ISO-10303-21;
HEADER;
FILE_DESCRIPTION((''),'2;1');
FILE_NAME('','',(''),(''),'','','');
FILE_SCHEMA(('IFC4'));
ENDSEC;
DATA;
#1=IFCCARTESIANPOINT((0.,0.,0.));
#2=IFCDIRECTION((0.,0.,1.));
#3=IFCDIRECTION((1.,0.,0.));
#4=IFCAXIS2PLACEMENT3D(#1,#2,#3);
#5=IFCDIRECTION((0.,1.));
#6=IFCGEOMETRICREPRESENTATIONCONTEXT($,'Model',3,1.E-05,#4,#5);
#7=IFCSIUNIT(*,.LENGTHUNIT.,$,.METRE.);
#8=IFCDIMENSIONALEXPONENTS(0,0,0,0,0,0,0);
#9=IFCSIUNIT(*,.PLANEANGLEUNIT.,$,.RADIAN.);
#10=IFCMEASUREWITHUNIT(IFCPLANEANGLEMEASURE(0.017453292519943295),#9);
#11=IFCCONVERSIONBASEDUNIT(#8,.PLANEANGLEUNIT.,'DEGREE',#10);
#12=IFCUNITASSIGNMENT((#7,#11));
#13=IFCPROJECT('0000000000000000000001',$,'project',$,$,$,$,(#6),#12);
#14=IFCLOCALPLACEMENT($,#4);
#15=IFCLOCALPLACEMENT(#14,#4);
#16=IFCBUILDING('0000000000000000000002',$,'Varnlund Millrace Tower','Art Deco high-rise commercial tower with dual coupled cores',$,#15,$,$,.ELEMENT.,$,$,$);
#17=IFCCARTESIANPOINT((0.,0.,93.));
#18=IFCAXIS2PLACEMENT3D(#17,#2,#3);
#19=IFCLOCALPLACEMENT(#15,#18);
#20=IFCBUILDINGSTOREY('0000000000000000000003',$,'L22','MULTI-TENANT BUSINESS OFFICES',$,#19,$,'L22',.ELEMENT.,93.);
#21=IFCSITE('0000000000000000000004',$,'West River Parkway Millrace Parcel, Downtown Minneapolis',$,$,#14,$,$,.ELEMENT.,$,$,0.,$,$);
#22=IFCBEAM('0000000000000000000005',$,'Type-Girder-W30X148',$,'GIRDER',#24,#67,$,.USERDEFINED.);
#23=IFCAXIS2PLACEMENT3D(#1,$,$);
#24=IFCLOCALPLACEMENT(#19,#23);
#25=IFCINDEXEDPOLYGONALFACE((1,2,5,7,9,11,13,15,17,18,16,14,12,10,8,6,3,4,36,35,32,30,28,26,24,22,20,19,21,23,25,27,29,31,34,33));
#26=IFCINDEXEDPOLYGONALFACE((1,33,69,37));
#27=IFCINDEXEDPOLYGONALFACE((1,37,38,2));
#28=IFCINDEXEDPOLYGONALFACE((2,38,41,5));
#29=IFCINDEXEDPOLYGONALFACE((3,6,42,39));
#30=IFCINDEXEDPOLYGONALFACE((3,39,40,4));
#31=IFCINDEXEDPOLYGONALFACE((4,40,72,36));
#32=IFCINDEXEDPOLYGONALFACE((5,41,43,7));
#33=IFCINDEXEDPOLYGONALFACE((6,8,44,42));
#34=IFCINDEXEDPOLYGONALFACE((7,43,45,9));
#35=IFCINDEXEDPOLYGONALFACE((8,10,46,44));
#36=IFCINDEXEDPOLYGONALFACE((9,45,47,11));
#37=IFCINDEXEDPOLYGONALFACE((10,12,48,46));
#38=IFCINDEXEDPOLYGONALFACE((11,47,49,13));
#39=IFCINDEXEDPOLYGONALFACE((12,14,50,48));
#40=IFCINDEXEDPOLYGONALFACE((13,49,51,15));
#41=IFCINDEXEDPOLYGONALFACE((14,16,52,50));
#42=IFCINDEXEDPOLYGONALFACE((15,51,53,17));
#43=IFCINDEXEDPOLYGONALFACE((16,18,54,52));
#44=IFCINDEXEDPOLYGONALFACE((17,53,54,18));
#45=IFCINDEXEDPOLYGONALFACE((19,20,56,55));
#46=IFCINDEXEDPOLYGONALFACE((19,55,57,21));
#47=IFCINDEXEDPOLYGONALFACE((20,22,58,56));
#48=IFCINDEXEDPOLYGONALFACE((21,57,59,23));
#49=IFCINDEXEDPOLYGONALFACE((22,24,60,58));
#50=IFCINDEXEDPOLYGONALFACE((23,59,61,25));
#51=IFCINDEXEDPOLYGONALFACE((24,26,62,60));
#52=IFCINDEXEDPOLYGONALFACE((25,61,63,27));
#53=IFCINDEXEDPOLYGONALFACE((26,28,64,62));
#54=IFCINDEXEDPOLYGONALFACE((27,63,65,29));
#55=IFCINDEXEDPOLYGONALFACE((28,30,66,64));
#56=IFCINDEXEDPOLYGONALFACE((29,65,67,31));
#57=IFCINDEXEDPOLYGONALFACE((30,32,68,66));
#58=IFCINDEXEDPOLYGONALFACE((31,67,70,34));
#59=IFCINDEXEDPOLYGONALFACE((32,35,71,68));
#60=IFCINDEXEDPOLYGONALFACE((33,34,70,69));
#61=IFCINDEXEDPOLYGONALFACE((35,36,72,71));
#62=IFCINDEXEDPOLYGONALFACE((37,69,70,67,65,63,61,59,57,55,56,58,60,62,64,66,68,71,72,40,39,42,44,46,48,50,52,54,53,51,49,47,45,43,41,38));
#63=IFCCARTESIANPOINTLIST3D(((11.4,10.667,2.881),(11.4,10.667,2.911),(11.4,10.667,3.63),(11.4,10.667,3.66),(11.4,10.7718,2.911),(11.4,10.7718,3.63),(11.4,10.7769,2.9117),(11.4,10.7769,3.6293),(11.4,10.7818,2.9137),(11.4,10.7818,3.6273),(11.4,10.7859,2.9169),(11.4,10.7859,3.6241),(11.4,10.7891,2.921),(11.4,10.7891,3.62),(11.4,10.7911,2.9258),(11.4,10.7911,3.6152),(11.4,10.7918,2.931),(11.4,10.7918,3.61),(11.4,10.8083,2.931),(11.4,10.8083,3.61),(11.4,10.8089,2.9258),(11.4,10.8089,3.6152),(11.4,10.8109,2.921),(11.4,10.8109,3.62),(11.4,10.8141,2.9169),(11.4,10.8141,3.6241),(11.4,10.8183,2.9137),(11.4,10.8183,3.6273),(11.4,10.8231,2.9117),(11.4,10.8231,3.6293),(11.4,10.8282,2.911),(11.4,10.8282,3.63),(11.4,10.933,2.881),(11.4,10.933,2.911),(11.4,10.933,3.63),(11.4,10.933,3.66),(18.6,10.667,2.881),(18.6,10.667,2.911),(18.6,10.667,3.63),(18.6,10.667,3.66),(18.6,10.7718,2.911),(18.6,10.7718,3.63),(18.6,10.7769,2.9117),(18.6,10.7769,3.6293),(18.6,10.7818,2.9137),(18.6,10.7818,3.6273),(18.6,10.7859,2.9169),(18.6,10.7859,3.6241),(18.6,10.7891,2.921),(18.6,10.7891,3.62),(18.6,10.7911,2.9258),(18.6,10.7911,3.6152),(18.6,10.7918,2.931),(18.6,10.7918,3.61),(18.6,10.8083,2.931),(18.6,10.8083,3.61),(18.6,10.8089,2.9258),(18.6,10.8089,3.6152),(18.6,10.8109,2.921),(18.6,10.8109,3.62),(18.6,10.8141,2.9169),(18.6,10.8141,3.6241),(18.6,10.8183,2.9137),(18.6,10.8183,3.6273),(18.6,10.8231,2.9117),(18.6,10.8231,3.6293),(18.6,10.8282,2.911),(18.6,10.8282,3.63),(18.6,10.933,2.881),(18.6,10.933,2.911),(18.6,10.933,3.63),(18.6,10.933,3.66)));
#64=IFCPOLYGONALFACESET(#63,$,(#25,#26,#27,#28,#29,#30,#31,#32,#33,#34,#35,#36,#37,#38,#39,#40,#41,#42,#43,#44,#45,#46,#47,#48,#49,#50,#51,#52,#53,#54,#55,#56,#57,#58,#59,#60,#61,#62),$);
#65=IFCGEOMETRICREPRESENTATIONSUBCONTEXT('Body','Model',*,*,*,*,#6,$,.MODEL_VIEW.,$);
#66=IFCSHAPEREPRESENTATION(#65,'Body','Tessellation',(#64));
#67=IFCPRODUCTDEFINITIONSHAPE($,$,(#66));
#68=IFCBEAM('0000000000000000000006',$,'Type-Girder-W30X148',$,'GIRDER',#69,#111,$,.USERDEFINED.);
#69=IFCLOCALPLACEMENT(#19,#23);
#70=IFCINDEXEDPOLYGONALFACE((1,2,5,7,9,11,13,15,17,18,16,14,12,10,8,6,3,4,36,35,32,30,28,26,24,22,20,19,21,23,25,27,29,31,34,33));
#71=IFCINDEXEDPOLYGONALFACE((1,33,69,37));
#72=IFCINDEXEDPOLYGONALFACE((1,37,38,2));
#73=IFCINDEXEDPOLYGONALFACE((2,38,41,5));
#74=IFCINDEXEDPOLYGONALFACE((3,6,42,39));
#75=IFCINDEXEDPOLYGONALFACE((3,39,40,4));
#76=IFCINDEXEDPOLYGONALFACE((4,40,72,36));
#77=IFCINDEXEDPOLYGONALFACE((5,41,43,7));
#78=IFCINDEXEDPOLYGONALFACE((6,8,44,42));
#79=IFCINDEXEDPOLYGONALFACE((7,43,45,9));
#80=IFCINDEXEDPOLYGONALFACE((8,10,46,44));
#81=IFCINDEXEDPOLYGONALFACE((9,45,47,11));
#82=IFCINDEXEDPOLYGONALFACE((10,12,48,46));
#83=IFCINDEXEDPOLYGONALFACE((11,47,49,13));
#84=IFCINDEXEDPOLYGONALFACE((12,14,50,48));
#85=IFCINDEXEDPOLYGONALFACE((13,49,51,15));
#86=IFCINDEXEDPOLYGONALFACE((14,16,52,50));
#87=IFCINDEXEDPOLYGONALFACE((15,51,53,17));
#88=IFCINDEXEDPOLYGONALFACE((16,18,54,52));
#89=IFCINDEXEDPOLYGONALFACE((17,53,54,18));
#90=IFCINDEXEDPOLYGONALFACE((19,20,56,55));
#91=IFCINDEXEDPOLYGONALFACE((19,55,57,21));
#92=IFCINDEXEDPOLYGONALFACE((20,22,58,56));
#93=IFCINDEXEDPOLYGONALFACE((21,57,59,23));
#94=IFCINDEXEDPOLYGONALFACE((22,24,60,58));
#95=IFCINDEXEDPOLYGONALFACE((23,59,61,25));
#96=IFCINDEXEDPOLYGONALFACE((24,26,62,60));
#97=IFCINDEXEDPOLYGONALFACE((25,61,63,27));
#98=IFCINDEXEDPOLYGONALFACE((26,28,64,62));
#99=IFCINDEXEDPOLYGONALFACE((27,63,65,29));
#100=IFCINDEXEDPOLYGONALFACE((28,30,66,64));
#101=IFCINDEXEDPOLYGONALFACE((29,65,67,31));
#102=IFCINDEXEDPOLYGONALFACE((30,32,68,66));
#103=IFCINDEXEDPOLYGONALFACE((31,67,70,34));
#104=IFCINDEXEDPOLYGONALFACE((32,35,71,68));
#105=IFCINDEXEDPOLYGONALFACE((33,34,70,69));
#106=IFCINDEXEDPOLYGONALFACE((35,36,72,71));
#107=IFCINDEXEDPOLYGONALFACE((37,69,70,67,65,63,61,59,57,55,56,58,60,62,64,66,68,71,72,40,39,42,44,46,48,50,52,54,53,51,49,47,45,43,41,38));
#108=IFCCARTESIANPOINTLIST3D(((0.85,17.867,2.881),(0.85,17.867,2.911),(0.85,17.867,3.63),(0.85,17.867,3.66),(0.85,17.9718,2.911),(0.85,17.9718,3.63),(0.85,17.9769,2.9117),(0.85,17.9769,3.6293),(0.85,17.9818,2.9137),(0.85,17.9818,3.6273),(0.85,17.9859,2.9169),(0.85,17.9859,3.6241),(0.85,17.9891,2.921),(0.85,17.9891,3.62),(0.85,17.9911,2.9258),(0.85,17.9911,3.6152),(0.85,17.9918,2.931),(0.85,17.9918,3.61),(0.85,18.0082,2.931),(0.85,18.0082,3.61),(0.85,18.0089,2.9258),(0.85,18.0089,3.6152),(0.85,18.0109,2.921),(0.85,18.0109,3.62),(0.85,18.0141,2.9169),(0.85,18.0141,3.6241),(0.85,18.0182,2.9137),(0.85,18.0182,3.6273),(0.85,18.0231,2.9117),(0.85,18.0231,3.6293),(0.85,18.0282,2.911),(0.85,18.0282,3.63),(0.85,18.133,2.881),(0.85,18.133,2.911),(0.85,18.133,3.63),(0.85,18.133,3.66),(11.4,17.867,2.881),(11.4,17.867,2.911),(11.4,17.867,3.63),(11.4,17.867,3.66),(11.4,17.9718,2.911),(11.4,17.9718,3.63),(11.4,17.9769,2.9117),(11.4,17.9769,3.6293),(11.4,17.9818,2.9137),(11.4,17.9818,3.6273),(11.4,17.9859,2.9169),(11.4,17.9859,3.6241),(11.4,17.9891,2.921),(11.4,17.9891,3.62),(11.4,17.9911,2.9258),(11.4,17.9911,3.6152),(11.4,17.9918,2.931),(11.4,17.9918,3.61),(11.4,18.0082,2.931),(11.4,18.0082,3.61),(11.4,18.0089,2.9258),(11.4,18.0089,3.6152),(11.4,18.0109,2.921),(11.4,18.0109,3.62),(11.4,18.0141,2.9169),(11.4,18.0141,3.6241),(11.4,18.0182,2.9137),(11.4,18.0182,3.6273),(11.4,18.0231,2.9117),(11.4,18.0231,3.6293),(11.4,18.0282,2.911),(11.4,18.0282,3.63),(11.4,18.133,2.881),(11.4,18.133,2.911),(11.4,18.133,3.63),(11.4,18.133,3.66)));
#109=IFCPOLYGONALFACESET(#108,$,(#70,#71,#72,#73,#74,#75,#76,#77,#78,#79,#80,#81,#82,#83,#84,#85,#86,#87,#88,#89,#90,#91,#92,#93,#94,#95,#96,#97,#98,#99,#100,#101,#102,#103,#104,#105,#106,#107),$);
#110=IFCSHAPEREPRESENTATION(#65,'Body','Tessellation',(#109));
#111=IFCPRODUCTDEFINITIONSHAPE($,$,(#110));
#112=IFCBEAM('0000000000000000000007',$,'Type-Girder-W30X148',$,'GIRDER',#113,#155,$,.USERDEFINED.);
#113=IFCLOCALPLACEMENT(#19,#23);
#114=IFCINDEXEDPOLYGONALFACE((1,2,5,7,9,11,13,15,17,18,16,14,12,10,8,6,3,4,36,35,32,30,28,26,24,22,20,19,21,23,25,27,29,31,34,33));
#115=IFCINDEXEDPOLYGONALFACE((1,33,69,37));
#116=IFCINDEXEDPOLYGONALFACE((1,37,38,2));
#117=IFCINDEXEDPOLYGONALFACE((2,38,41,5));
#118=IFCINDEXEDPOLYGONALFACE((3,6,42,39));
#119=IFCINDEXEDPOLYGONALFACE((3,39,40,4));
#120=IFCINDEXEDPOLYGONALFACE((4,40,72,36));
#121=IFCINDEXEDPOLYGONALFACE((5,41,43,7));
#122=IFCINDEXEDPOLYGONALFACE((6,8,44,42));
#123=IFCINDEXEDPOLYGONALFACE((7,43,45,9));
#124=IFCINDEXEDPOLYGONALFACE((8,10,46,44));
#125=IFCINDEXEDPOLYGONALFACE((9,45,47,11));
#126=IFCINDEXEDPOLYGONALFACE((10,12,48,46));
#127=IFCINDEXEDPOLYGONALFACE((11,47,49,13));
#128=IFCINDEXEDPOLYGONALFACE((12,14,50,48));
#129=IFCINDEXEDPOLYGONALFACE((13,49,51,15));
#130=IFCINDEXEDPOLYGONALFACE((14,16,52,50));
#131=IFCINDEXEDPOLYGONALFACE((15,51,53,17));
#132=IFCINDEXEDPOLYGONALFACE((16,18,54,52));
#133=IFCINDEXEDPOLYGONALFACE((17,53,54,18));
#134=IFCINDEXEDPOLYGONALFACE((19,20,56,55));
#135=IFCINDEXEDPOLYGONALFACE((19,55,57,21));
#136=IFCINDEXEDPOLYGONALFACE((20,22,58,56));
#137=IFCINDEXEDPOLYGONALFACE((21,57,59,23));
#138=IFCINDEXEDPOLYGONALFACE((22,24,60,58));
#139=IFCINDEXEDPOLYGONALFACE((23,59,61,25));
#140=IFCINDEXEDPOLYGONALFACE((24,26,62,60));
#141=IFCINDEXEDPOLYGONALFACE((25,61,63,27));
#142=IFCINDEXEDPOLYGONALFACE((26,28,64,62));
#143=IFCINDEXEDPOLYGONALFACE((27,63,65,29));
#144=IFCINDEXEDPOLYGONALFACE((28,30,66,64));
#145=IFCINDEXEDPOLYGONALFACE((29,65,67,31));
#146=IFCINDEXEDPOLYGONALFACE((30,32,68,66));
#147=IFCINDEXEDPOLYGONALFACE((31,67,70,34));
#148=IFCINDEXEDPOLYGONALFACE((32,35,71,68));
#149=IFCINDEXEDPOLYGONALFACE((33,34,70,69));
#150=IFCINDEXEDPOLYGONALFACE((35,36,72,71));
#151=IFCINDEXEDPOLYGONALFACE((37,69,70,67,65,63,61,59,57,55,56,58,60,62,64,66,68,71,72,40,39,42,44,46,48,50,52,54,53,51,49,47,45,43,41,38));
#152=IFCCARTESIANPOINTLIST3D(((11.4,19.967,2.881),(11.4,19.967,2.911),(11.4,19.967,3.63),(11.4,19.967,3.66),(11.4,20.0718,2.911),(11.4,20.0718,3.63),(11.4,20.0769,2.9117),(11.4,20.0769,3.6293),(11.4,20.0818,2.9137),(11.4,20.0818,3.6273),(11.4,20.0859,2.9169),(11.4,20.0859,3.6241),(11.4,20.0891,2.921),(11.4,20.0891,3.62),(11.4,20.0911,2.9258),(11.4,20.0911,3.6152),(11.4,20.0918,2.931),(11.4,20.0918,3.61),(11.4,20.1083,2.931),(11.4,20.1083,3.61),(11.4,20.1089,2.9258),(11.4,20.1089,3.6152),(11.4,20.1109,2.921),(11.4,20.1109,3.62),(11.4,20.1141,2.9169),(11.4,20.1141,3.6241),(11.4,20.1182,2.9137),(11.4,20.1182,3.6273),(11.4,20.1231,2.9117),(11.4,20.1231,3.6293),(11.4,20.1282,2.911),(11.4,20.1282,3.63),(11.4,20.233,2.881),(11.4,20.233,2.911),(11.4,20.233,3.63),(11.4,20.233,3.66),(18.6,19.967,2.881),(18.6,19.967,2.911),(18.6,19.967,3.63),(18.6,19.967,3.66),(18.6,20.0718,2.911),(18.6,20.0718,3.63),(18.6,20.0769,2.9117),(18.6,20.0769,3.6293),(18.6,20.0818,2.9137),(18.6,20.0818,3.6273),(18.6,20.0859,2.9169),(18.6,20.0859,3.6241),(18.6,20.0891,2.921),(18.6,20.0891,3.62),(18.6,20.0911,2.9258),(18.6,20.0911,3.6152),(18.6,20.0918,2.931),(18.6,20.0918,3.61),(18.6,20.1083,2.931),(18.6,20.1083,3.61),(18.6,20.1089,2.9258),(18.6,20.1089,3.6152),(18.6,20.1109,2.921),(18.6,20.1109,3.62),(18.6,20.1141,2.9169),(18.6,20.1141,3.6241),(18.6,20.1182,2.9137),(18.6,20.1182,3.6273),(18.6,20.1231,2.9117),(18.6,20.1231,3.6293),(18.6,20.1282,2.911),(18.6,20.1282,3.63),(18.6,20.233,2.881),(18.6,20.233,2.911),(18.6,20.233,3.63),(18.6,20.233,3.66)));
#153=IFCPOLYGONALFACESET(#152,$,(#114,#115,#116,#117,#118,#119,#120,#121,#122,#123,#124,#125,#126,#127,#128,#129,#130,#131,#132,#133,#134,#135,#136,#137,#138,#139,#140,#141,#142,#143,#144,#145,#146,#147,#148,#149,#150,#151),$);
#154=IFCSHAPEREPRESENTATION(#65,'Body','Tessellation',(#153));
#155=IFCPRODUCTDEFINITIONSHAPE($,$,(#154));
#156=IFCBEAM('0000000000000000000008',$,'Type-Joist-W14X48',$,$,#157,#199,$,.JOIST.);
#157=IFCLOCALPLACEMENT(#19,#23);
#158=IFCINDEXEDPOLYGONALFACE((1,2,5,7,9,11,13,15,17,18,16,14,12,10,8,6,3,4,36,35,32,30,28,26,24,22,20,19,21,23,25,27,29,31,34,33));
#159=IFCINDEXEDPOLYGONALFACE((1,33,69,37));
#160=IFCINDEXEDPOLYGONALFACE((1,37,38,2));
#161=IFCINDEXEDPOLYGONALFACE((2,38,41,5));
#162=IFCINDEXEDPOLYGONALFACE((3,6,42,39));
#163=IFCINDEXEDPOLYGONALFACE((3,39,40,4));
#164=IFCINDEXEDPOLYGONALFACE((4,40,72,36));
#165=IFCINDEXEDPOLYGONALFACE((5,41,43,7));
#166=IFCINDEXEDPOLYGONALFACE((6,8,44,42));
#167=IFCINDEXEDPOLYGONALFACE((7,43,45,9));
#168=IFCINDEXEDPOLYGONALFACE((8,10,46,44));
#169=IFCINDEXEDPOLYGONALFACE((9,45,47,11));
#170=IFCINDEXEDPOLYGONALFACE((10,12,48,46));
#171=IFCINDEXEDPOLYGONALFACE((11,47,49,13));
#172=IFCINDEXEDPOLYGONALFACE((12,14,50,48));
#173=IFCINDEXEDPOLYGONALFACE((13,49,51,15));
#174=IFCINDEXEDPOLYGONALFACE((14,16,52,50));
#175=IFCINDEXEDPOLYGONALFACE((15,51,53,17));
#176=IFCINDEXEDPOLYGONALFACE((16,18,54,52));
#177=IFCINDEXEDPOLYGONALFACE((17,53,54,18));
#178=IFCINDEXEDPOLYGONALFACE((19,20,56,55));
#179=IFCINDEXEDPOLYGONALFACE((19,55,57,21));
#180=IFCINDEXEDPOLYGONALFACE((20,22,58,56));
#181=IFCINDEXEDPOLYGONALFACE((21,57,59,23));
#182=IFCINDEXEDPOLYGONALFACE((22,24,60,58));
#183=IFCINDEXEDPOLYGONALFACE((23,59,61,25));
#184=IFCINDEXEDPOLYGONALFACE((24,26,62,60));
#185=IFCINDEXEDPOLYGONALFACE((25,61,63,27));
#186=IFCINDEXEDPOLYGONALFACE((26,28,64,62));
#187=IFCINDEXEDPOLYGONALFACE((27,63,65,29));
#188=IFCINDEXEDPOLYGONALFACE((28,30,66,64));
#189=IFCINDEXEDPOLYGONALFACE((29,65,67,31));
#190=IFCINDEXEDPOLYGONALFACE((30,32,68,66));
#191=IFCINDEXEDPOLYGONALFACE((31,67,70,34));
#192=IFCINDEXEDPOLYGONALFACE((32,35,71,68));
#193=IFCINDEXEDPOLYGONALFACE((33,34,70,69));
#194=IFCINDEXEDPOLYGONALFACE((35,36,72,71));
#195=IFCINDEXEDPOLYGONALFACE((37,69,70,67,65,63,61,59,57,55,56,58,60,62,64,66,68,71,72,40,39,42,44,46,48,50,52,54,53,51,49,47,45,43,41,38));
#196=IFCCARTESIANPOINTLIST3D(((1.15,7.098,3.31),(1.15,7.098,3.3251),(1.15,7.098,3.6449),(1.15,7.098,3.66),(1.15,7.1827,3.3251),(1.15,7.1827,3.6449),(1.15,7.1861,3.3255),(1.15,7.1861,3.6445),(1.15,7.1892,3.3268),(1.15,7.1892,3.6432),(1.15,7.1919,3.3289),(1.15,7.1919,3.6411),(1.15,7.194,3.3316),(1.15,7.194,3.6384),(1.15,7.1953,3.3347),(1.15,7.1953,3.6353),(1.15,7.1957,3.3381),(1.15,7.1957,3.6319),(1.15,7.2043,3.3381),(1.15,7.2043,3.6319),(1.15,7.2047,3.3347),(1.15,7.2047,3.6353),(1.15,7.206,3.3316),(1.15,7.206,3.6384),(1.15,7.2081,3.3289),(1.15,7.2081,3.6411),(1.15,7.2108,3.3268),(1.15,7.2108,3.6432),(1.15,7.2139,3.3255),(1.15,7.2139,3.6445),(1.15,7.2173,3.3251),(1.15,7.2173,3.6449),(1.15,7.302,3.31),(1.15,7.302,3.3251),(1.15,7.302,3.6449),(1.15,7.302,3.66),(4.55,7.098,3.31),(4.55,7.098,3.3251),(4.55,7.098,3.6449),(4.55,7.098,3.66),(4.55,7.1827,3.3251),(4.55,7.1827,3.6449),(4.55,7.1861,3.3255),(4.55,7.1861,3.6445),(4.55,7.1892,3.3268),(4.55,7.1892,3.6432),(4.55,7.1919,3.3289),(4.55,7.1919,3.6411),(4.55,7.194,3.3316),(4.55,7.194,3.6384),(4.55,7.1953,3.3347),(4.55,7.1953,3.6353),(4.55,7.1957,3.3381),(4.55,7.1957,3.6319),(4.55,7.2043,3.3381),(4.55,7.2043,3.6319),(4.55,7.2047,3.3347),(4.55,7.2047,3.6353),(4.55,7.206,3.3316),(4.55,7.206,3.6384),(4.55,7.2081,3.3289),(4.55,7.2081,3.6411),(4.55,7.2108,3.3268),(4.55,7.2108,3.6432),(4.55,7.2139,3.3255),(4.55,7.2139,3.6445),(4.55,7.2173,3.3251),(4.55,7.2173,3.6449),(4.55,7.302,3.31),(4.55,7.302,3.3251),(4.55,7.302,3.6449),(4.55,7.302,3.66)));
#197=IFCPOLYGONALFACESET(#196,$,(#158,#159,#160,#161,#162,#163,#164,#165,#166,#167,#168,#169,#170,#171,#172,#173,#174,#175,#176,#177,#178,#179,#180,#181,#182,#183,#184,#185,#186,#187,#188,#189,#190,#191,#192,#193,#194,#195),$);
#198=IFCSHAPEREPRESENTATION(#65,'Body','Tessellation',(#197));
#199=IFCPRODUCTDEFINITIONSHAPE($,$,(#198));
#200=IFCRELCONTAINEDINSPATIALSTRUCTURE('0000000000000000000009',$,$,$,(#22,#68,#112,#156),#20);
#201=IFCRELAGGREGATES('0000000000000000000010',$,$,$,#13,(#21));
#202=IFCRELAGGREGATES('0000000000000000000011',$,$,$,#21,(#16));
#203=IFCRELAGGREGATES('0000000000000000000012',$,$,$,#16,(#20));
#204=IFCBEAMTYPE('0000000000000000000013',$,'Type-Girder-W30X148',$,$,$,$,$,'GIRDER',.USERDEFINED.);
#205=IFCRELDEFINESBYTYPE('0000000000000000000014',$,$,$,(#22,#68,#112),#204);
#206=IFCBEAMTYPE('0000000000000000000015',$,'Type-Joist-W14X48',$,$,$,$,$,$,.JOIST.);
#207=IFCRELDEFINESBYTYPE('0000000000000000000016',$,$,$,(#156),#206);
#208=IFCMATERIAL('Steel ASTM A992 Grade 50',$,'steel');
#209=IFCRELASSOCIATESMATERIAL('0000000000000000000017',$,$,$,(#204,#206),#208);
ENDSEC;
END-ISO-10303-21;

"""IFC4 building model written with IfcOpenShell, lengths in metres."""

from ifc_helpers import new_model, entity, si_unit, converted_unit, direction, frame, origin_with_axes, origin_2d_with_axis, place, context, subcontext, project, spatial, i_section, extrude, material, material_profile, profile_set, type_object, element, save


model = new_model("IFC4")

# Units and contexts
model_context = context("Model", 3, precision=1e-05, world=origin_with_axes(), true_north=direction((0.0, 1.0)))
body_context = subcontext(model_context, "Body", "Model", "MODEL_VIEW")
ifc_project = project(units=[si_unit("LENGTHUNIT", "METRE"), converted_unit("PLANEANGLEUNIT", "DEGREE", entity("IfcPlaneAngleMeasure", 0.017453292519943295), si_unit("PLANEANGLEUNIT", "RADIAN"), dimensions=[0, 0, 0, 0, 0, 0, 0])], contexts=[model_context])

# Site, building, storey
site_placement = place(None, origin_with_axes())
site = spatial("IfcSite", under=ifc_project, at=site_placement, Name="West River Parkway Millrace Parcel, Downtown Minneapolis", CompositionType="ELEMENT", RefElevation=0.0)
building_placement = place(site_placement, origin_with_axes())
building = spatial("IfcBuilding", under=site, at=building_placement, Name="Varnlund Millrace Tower", Description="Art Deco high-rise commercial tower with dual coupled cores", CompositionType="ELEMENT")
storey_placement = place(building_placement, frame((0.0, 0.0, 93.0), z_axis=(0.0, 0.0, 1.0), x_axis=(1.0, 0.0, 0.0)))
storey = spatial("IfcBuildingStorey", under=building, at=storey_placement, Name="L22", Description="MULTI-TENANT BUSINESS OFFICES", LongName="L22", CompositionType="ELEMENT", Elevation=93.0)

# Beams
ifc_material_1 = material(Name="Steel ASTM A992 Grade 50", Category="steel")
ifc_material_profile_1 = material_profile(ifc_material_1, i_section(OverallWidth=0.266, OverallDepth=0.779, WebThickness=0.0165, FlangeThickness=0.03, FilletRadius=0.02, at=origin_2d_with_axis()), Name="Steel ASTM A992 Grade 50")
ifc_profile_set_1 = profile_set([ifc_material_profile_1], Name="Steel ASTM A992 Grade 50")
beam_type_1 = type_object("IfcBeamType", Name="Type-Girder-W30X148", ElementType="GIRDER", PredefinedType="USERDEFINED", material=ifc_profile_set_1)
beam_1_placement = place(storey_placement, frame((11.4, 10.8, 3.2705), z_axis=(1.0, 0.0, 0.0), x_axis=(0.0, 1.0, 0.0)))
element("IfcBeam", 1, at=beam_1_placement, inside=storey, type_object=beam_type_1, Name="Type-Girder-W30X148", ObjectType="GIRDER", PredefinedType="USERDEFINED", context=body_context, shape_type="SweptSolid", body=[
    extrude(i_section(OverallWidth=0.266, OverallDepth=0.779, WebThickness=0.0165, FlangeThickness=0.03, FilletRadius=0.02, at=origin_2d_with_axis()), origin_with_axes(), (0.0, 0.0, 1.0), 7.2),
])
beam_2_placement = place(storey_placement, frame((0.85, 18.0, 3.2705), z_axis=(1.0, 0.0, 0.0), x_axis=(0.0, 1.0, 0.0)))
element("IfcBeam", 2, at=beam_2_placement, inside=storey, type_object=beam_type_1, Name="Type-Girder-W30X148", ObjectType="GIRDER", PredefinedType="USERDEFINED", context=body_context, shape_type="SweptSolid", body=[
    extrude(i_section(OverallWidth=0.266, OverallDepth=0.779, WebThickness=0.0165, FlangeThickness=0.03, FilletRadius=0.02, at=origin_2d_with_axis()), origin_with_axes(), (0.0, 0.0, 1.0), 10.55),
])
beam_3_placement = place(storey_placement, frame((11.4, 20.1, 3.2705), z_axis=(1.0, 0.0, 0.0), x_axis=(0.0, 1.0, 0.0)))
element("IfcBeam", 3, at=beam_3_placement, inside=storey, type_object=beam_type_1, Name="Type-Girder-W30X148", ObjectType="GIRDER", PredefinedType="USERDEFINED", context=body_context, shape_type="SweptSolid", body=[
    extrude(i_section(OverallWidth=0.266, OverallDepth=0.779, WebThickness=0.0165, FlangeThickness=0.03, FilletRadius=0.02, at=origin_2d_with_axis()), origin_with_axes(), (0.0, 0.0, 1.0), 7.2),
])
ifc_material_profile_2 = material_profile(ifc_material_1, i_section(OverallWidth=0.204, OverallDepth=0.35, WebThickness=0.0086, FlangeThickness=0.0151, FilletRadius=0.013, at=origin_2d_with_axis()), Name="Steel ASTM A992 Grade 50")
ifc_profile_set_2 = profile_set([ifc_material_profile_2], Name="Steel ASTM A992 Grade 50")
beam_type_2 = type_object("IfcBeamType", Name="Type-Joist-W14X48", PredefinedType="JOIST", material=ifc_profile_set_2)
for number, where, z_axis, x_axis, name in (
    (4, (1.15, 7.2, 3.485), (1.0, 0.0, 0.0), (0.0, 1.0, 0.0), "Type-Joist-W14X48"),
):
    element("IfcBeam", number, at=place(storey_placement, frame(where, z_axis=z_axis, x_axis=x_axis)), inside=storey, type_object=beam_type_2, Name=name, PredefinedType="JOIST", context=body_context, shape_type="SweptSolid", body=[
        extrude(i_section(OverallWidth=0.204, OverallDepth=0.35, WebThickness=0.0086, FlangeThickness=0.0151, FilletRadius=0.013, at=origin_2d_with_axis()), origin_with_axes(), (0.0, 0.0, 1.0), 3.4),
    ])

save(model, "model.ifc")
